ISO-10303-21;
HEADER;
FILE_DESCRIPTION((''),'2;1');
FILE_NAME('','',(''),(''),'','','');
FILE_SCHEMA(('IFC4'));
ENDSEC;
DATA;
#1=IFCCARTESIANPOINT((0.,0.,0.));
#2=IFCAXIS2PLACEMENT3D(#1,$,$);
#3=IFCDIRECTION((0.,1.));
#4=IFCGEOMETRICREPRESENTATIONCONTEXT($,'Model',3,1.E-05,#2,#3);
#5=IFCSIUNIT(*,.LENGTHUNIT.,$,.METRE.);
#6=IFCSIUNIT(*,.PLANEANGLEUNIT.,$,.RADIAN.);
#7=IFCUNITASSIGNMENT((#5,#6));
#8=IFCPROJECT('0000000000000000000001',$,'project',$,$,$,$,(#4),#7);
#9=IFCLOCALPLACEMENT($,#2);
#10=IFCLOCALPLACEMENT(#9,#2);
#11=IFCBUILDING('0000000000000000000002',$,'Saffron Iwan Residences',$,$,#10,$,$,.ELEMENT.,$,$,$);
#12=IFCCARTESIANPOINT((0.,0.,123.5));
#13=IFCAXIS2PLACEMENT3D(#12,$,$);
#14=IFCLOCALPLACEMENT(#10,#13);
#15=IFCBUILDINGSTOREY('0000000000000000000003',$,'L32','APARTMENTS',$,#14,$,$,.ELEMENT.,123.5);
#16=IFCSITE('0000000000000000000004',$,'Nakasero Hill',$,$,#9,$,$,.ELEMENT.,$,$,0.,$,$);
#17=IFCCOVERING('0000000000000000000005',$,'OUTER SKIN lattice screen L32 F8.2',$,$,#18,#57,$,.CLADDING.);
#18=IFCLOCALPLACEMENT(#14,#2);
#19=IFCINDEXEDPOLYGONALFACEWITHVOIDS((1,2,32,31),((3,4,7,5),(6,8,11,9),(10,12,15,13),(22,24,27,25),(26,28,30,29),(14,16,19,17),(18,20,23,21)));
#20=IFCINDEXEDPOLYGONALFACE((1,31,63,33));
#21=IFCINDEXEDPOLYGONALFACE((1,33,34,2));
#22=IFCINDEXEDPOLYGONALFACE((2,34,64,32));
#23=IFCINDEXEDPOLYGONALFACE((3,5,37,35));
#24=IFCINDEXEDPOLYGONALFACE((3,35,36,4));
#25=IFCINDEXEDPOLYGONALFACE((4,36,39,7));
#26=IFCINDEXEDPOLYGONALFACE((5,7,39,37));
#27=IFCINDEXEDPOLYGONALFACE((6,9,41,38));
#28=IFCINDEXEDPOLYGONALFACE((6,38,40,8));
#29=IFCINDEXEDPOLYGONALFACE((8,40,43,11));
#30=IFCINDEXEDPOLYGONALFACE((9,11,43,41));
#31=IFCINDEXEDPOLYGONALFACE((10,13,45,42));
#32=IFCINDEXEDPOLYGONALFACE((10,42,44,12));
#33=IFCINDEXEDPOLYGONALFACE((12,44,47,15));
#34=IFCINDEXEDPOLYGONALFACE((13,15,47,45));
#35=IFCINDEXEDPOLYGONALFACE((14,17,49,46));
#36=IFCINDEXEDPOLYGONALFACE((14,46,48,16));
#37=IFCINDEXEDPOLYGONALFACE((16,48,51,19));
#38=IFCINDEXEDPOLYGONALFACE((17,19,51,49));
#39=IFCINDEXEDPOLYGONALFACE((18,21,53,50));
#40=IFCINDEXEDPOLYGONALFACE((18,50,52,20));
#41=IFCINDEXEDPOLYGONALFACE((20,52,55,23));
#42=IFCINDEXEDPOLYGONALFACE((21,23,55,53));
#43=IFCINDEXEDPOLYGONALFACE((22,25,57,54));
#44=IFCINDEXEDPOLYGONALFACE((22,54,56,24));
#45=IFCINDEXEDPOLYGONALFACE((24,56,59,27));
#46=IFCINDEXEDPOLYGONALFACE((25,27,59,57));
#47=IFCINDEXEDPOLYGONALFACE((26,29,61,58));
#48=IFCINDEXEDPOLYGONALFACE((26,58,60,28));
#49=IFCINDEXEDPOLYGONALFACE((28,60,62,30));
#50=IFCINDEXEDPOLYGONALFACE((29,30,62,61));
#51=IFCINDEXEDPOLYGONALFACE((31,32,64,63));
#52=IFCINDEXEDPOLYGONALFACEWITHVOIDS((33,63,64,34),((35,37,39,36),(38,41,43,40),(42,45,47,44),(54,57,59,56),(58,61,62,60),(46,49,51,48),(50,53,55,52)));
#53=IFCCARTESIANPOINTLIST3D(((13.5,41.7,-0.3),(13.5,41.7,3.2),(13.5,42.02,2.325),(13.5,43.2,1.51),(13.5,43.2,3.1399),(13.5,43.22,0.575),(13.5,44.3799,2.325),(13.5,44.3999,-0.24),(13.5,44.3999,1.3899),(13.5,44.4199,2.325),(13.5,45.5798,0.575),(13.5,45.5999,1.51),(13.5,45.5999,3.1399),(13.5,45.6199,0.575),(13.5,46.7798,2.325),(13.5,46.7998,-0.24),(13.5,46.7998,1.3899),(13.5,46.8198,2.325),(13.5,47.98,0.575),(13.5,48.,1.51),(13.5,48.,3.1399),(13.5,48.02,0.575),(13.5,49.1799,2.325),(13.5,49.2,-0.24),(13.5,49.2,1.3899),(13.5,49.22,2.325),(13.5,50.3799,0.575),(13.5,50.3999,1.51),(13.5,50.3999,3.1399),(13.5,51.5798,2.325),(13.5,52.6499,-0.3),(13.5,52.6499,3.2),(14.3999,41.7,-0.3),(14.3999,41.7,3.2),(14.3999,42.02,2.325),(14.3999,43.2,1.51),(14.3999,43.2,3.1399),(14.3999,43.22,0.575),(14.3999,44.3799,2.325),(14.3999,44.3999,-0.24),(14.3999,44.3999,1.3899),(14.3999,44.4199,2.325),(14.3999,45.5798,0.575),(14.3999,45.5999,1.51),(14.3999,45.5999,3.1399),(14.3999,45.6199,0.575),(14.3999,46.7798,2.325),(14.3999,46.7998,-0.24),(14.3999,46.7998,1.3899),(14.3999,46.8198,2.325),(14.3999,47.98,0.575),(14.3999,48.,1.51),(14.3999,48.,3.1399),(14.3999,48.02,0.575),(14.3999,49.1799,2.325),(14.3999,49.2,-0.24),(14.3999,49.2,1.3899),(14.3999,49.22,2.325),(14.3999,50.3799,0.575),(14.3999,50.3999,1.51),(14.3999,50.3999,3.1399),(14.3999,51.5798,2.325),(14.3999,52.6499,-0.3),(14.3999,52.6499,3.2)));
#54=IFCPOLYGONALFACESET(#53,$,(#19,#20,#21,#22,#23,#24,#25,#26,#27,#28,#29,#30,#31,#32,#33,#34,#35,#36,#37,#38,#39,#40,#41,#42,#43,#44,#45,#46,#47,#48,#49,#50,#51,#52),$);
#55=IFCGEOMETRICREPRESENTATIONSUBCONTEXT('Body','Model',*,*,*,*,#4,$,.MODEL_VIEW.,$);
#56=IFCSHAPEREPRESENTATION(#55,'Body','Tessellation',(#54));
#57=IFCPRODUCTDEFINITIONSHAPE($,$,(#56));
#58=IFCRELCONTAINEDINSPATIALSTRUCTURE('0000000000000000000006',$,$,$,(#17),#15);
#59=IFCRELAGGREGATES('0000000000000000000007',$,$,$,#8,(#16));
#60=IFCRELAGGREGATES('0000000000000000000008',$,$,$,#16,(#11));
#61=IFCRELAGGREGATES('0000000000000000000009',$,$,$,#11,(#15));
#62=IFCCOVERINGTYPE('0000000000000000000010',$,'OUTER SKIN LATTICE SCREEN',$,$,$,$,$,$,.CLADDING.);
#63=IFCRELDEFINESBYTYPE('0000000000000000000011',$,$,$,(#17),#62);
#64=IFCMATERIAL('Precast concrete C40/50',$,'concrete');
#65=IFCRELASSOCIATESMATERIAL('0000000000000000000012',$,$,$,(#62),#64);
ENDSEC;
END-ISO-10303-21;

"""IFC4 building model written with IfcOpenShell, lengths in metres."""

from ifc_helpers import new_model, si_unit, direction, frame, origin, place, context, subcontext, project, spatial, polyline, outline, extrude, material, type_object, element, save


model = new_model("IFC4")

# Units and contexts
model_context = context("Model", 3, precision=1e-05, world=origin(), true_north=direction((0.0, 1.0)))
body_context = subcontext(model_context, "Body", "Model", "MODEL_VIEW")
ifc_project = project(units=[si_unit("LENGTHUNIT", "METRE"), si_unit("PLANEANGLEUNIT", "RADIAN")], contexts=[model_context])

# Site, building, storey
site_placement = place(None, origin())
site = spatial("IfcSite", under=ifc_project, at=site_placement, Name="Nakasero Hill", CompositionType="ELEMENT", RefElevation=0.0)
building_placement = place(site_placement, origin())
building = spatial("IfcBuilding", under=site, at=building_placement, Name="Saffron Iwan Residences", CompositionType="ELEMENT")
storey_placement = place(building_placement, frame((0.0, 0.0, 123.5)))
storey = spatial("IfcBuildingStorey", under=building, at=storey_placement, Name="L32", Description="APARTMENTS", CompositionType="ELEMENT", Elevation=123.5)

# Covering
ifc_material_1 = material(Name="Precast concrete C40/50", Category="concrete")
covering_type = type_object("IfcCoveringType", Name="OUTER SKIN LATTICE SCREEN", PredefinedType="CLADDING", material=ifc_material_1)
covering_placement = place(storey_placement, frame((14.3999, 52.6499, -0.3), z_axis=(-1.0, 0.0, 0.0), x_axis=(0.0, -1.0, 0.0)))
element("IfcCovering", 1, at=covering_placement, inside=storey, type_object=covering_type, Name="OUTER SKIN lattice screen L32 F8.2", PredefinedType="CLADDING", context=body_context, shape_type="SweptSolid", body=[
    extrude(outline(polyline([(0.0, 0.0), (10.95, 0.0), (10.95, 3.5), (0.0, 3.5), (0.0, 0.0)]), holes=[polyline([(2.27, 0.875), (3.45, 0.0601), (4.6299, 0.875), (3.45, 1.6899), (2.27, 0.875)]), polyline([(4.6699, 0.875), (5.8501, 0.0601), (7.03, 0.875), (5.8501, 1.6899), (4.6699, 0.875)]), polyline([(7.0701, 0.875), (8.25, 0.0601), (9.4299, 0.875), (8.25, 1.6899), (7.0701, 0.875)]), polyline([(1.0701, 2.625), (2.25, 1.8101), (3.4299, 2.625), (2.25, 3.4399), (1.0701, 2.625)]), polyline([(3.47, 2.625), (4.6499, 1.8101), (5.8301, 2.625), (4.6499, 3.4399), (3.47, 2.625)]), polyline([(5.8701, 2.625), (7.05, 1.8101), (8.23, 2.625), (7.05, 3.4399), (5.8701, 2.625)]), polyline([(8.27, 2.625), (9.45, 1.8101), (10.6299, 2.625), (9.45, 3.4399), (8.27, 2.625)])]), origin(), (0.0, 0.0, 1.0), 0.8999),
])

save(model, "model.ifc")
